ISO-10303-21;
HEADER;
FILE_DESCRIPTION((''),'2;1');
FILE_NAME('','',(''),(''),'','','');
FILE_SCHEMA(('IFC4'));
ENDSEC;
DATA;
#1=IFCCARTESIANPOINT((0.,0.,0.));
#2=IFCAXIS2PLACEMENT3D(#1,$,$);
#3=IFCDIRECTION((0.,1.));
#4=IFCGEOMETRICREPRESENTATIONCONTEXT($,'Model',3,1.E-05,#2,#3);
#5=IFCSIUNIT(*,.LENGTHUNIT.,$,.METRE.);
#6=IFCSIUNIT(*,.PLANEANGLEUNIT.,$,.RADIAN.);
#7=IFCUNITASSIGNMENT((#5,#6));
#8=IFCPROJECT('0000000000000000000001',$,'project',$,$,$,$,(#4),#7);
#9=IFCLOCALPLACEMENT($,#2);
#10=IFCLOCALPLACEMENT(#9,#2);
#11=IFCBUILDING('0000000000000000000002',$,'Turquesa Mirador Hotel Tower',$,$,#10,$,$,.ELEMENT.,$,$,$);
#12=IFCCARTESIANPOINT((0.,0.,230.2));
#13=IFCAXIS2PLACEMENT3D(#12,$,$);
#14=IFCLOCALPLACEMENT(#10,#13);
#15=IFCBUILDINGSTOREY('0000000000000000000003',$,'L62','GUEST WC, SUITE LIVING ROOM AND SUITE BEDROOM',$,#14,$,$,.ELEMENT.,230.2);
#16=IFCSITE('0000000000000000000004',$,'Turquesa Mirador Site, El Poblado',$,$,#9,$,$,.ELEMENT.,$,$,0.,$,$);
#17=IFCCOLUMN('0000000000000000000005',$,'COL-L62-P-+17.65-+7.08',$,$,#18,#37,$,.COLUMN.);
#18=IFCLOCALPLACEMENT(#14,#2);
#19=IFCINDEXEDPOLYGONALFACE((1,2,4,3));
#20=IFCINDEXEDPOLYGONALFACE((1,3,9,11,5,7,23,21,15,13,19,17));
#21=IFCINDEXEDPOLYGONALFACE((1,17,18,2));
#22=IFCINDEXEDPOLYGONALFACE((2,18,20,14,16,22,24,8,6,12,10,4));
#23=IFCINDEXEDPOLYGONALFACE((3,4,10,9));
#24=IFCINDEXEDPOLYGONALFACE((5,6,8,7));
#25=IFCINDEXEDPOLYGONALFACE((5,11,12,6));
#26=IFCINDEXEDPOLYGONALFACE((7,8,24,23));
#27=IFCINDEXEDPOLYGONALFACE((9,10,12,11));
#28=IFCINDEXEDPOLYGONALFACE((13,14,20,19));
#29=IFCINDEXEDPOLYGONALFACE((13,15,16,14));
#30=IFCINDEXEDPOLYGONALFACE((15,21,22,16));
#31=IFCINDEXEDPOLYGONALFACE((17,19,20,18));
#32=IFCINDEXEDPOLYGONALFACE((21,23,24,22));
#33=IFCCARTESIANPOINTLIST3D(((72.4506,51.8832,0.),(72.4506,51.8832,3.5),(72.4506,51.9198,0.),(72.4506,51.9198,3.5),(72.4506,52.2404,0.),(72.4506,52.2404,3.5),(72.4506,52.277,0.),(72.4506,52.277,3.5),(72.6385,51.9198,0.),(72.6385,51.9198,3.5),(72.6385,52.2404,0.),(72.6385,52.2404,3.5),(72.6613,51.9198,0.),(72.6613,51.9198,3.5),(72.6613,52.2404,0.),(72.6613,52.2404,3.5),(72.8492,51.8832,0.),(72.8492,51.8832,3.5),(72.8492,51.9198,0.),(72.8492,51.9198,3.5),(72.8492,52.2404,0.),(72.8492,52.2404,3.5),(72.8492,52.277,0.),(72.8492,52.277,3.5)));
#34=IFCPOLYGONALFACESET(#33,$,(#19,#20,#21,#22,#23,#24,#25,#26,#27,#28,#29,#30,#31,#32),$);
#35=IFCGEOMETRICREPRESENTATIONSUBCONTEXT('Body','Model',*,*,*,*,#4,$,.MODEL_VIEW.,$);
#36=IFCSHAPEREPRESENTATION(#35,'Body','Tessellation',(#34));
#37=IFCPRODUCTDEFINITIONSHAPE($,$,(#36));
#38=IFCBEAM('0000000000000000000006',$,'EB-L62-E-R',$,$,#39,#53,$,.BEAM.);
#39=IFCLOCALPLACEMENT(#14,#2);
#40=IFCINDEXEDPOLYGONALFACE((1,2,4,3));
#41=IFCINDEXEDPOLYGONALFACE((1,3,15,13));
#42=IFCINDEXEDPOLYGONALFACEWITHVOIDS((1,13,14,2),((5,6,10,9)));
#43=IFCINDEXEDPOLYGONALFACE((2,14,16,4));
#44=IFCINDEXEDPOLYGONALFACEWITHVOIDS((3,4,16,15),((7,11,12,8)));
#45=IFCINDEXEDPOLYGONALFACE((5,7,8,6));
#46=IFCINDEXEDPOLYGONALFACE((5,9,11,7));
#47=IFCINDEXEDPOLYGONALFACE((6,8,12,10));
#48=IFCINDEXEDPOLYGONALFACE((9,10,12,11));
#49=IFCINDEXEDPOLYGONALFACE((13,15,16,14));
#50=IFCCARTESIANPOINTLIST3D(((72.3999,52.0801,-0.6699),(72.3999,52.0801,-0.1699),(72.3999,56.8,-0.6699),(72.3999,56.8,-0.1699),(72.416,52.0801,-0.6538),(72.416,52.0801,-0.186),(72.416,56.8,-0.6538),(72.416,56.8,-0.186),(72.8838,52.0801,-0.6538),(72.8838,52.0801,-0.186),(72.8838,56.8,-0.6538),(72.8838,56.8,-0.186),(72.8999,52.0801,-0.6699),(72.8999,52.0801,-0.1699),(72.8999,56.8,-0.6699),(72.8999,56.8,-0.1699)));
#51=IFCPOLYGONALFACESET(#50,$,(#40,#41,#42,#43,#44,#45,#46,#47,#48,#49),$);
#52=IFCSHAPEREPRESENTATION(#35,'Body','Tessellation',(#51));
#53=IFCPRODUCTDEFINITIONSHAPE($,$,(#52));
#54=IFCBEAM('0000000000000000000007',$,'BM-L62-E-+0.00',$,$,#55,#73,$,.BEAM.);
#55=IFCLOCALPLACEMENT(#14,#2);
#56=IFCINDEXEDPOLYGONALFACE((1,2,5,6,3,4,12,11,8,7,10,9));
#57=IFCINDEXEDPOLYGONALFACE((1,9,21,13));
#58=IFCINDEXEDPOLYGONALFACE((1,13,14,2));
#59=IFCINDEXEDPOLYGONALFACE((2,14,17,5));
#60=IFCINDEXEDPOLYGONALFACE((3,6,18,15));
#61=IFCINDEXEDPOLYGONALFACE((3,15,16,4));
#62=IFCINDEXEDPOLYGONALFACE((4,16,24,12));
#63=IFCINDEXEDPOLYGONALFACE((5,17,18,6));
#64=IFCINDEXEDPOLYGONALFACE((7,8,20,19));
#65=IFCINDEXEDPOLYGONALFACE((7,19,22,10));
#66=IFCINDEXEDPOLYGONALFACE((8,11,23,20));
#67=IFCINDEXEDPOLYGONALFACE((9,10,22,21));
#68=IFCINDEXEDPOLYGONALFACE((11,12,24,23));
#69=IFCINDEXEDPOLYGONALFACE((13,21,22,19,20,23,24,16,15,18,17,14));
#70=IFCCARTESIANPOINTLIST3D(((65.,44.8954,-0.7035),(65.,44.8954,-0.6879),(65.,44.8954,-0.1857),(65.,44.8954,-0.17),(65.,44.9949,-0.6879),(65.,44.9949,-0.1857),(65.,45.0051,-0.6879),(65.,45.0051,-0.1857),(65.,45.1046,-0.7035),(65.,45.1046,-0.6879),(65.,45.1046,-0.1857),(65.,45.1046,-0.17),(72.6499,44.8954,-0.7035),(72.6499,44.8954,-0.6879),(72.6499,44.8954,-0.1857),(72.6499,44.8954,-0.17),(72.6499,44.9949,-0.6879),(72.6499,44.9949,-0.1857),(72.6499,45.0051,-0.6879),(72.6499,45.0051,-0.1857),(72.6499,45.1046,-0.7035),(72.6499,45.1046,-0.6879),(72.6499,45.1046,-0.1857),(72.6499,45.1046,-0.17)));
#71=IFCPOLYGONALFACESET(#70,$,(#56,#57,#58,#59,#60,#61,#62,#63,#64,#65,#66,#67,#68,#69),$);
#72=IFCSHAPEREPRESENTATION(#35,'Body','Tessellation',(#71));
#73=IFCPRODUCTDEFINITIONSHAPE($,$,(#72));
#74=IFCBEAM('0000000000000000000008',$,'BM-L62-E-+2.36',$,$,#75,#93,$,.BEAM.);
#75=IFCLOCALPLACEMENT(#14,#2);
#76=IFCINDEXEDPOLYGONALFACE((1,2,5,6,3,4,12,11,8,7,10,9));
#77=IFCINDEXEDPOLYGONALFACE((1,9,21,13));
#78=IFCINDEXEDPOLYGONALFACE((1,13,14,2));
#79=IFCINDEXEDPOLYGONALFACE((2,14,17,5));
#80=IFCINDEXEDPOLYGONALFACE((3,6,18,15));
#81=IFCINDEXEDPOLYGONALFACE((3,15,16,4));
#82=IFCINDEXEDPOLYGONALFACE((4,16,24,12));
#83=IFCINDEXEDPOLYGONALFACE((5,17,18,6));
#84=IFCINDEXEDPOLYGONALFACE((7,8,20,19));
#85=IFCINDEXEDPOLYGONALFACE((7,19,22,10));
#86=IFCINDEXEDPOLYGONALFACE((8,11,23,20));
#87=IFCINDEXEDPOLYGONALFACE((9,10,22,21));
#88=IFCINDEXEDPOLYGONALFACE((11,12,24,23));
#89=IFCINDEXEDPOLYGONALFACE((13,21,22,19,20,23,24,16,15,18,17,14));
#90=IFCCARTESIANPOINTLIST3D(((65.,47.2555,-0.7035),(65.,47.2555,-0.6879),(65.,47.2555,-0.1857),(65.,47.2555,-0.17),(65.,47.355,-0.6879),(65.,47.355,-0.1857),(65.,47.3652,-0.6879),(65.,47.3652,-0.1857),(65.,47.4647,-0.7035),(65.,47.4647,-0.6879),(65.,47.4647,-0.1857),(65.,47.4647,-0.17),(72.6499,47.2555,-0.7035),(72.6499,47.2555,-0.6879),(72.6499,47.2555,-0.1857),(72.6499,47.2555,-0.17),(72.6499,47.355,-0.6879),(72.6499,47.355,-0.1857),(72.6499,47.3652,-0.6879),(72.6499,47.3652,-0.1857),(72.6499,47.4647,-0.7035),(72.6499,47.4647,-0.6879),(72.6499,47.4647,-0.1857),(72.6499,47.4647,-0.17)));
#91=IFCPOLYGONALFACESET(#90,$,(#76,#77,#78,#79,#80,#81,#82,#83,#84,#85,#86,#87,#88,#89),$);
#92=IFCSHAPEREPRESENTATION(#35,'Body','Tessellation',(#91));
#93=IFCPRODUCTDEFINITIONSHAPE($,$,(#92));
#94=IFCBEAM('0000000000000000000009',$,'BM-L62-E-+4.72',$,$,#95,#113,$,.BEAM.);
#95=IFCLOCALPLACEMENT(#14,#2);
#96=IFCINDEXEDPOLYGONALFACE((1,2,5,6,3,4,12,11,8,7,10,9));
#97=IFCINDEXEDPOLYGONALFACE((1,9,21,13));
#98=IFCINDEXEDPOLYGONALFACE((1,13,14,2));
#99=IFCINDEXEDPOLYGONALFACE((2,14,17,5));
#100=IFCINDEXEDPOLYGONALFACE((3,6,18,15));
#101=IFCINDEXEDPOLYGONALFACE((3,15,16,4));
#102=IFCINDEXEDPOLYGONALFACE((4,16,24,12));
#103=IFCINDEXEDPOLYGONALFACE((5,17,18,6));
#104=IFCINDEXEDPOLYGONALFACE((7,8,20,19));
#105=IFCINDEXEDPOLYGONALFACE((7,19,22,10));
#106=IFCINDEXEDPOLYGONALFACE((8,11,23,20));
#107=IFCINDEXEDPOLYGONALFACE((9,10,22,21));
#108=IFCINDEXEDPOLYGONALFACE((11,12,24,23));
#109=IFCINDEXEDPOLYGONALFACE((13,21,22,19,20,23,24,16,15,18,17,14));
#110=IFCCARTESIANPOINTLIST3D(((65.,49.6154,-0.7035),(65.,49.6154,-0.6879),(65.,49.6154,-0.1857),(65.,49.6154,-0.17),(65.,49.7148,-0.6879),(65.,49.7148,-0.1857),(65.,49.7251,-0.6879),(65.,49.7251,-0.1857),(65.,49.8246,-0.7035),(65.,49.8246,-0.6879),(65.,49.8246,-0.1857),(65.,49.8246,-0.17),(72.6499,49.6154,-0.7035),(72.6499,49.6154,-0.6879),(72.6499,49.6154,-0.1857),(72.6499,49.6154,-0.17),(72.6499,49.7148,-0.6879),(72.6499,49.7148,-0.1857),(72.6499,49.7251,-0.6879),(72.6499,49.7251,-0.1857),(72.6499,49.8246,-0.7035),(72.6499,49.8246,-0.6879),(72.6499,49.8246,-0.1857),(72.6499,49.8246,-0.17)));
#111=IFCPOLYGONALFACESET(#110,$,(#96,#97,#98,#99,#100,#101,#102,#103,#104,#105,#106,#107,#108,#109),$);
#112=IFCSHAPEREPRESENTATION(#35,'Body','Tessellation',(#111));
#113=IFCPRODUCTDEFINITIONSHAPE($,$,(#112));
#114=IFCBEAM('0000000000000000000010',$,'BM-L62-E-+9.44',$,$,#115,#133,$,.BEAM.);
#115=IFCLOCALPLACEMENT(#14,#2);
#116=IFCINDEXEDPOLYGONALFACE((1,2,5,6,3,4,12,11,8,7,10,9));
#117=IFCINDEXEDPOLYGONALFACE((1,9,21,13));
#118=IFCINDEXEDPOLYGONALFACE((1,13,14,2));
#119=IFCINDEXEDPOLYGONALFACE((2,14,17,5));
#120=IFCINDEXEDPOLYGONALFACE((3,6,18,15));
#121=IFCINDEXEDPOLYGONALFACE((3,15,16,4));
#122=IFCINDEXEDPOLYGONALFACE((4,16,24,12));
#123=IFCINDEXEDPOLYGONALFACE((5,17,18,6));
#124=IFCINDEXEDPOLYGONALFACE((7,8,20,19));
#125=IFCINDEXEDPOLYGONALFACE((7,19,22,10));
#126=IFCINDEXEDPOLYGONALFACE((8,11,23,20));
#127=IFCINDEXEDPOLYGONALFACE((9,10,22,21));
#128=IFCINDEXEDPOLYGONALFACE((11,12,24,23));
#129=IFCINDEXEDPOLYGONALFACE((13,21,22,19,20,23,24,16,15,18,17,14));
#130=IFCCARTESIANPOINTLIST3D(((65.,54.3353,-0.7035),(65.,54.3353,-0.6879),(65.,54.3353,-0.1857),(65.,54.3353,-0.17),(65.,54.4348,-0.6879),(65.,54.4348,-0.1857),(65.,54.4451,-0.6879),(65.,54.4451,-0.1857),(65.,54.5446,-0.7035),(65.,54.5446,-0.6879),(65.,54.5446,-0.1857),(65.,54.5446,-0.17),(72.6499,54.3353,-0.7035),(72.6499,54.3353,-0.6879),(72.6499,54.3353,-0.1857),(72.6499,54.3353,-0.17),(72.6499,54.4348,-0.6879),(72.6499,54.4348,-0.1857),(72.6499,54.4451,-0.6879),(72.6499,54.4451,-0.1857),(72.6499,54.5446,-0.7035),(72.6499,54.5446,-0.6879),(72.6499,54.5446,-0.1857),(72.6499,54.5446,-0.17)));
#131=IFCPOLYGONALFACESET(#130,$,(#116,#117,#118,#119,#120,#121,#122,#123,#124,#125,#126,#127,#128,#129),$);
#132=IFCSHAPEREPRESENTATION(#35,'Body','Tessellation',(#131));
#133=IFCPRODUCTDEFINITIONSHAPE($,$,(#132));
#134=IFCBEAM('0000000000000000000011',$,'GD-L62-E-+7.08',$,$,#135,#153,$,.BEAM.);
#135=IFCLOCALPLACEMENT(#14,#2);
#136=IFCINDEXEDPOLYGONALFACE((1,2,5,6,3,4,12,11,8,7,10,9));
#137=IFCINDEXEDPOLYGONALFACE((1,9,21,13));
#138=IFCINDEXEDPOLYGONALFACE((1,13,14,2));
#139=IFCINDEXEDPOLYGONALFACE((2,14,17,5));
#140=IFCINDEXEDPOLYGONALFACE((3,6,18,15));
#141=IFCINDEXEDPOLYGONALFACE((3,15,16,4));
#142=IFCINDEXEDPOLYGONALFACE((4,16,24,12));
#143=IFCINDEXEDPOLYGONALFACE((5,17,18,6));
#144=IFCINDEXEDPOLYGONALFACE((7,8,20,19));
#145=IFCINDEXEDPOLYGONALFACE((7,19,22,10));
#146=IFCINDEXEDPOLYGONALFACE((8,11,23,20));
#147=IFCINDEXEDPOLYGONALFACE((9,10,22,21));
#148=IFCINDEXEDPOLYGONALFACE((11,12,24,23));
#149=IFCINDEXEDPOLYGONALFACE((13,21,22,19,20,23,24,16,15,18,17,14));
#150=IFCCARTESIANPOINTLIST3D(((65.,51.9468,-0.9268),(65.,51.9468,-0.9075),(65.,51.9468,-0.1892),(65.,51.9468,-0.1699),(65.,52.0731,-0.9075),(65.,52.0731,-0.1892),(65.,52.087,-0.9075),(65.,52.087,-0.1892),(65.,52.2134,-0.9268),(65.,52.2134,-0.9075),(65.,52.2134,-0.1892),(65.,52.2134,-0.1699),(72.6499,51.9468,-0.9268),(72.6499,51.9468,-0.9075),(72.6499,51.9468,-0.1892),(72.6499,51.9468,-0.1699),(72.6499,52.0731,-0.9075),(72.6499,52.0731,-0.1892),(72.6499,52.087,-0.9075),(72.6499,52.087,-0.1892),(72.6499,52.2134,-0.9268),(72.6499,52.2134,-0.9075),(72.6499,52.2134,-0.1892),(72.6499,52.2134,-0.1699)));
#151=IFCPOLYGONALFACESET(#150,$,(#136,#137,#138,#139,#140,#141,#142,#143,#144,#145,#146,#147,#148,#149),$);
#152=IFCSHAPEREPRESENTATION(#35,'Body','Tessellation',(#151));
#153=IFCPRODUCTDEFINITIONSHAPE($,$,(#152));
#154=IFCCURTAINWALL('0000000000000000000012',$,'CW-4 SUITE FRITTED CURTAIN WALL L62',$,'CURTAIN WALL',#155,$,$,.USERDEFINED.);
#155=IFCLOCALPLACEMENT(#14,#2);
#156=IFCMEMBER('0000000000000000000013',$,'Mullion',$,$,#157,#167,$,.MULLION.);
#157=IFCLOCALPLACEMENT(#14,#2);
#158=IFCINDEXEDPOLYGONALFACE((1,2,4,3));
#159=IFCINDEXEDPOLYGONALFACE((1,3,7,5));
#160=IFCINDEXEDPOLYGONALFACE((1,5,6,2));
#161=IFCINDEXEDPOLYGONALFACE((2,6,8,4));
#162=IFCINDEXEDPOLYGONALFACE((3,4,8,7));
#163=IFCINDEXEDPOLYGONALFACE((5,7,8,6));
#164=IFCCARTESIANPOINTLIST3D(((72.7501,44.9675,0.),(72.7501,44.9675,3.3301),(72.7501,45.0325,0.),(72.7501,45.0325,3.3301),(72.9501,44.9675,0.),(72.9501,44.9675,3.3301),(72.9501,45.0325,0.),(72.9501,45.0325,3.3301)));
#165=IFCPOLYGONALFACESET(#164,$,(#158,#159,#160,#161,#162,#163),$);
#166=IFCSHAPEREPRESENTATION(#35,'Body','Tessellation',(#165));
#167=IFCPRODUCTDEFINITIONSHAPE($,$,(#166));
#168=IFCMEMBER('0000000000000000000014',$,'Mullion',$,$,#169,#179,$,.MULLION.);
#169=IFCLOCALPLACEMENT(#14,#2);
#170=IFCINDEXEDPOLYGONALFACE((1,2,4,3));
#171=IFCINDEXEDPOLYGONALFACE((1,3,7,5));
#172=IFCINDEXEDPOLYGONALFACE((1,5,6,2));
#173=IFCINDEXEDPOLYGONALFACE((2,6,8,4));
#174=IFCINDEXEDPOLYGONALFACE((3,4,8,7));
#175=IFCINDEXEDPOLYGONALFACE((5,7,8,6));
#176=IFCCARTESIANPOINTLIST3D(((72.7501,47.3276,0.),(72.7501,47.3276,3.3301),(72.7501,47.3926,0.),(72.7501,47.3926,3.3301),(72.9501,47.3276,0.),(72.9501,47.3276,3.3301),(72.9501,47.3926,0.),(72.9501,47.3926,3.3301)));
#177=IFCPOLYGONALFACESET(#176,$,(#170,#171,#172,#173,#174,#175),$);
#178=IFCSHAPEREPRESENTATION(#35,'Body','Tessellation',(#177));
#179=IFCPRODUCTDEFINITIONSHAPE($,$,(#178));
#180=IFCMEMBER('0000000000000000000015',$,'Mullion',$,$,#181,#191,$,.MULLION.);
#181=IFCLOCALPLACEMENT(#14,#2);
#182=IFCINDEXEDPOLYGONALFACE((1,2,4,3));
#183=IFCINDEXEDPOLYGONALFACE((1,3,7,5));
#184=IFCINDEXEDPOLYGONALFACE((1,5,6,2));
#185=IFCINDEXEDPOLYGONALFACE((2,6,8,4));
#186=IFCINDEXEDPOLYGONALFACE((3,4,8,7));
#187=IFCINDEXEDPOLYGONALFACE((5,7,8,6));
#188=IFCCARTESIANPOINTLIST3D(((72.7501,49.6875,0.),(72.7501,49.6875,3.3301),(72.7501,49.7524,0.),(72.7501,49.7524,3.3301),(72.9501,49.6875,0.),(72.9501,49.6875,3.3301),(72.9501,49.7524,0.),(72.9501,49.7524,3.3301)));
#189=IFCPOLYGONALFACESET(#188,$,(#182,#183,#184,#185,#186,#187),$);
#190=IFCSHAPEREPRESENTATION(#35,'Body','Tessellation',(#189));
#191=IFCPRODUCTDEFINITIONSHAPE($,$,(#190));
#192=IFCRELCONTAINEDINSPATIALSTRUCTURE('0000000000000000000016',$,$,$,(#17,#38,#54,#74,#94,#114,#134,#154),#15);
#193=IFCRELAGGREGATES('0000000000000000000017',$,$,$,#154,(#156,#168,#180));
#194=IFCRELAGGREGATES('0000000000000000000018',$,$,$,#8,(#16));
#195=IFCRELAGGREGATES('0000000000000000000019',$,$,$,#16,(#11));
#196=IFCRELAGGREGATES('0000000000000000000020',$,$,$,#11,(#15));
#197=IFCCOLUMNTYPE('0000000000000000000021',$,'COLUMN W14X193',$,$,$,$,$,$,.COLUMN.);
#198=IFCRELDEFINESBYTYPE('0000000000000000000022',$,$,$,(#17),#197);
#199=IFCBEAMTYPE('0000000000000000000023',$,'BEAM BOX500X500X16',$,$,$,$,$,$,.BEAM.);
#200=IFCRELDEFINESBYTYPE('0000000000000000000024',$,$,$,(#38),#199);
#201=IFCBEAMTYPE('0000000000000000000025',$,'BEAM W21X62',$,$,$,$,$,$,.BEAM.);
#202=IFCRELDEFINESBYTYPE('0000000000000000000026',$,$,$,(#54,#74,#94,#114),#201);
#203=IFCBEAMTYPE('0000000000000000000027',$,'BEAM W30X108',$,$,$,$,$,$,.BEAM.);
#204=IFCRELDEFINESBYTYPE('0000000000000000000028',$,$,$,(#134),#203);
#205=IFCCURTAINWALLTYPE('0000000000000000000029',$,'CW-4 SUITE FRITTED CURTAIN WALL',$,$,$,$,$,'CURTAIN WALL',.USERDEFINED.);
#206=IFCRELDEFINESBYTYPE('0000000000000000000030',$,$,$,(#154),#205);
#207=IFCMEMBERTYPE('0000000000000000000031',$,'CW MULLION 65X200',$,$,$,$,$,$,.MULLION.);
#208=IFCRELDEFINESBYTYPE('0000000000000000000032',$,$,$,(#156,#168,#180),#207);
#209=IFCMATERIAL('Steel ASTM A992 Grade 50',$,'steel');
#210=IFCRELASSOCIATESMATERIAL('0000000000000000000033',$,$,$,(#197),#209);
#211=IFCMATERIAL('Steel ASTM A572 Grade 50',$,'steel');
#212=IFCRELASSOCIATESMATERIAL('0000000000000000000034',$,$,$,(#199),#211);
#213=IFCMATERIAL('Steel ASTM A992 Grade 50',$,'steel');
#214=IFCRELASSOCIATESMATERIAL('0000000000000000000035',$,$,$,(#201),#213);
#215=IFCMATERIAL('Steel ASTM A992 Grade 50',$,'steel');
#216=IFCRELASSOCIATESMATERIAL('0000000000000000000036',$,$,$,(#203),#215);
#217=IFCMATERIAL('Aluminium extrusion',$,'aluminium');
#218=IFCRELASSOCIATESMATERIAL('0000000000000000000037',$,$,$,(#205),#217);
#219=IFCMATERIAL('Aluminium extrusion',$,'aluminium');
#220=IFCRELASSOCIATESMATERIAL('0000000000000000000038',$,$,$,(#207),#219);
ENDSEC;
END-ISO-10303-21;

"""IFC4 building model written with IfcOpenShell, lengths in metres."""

from ifc_helpers import new_model, si_unit, direction, frame, origin, origin_2d, place, context, subcontext, project, spatial, rectangle, hollow_rectangle, i_section, extrude, material, material_profile, profile_set, type_object, element, aggregate, save


model = new_model("IFC4")

# Units and contexts
model_context = context("Model", 3, precision=1e-05, world=origin(), true_north=direction((0.0, 1.0)))
body_context = subcontext(model_context, "Body", "Model", "MODEL_VIEW")
ifc_project = project(units=[si_unit("LENGTHUNIT", "METRE"), si_unit("PLANEANGLEUNIT", "RADIAN")], contexts=[model_context])

# Site, building, storey
site_placement = place(None, origin())
site = spatial("IfcSite", under=ifc_project, at=site_placement, Name="Turquesa Mirador Site, El Poblado", CompositionType="ELEMENT", RefElevation=0.0)
building_placement = place(site_placement, origin())
building = spatial("IfcBuilding", under=site, at=building_placement, Name="Turquesa Mirador Hotel Tower", CompositionType="ELEMENT")
storey_placement = place(building_placement, frame((0.0, 0.0, 230.2)))
storey = spatial("IfcBuildingStorey", under=building, at=storey_placement, Name="L62", Description="GUEST WC, SUITE LIVING ROOM AND SUITE BEDROOM", CompositionType="ELEMENT", Elevation=230.2)

# Column
ifc_material_1 = material(Name="Steel ASTM A992 Grade 50", Category="steel")
ifc_material_profile_1 = material_profile(ifc_material_1, i_section(OverallWidth=0.3987, OverallDepth=0.3938, WebThickness=0.0227, FlangeThickness=0.0366, at=origin_2d()), Name="W14X193")
ifc_profile_set_1 = profile_set([ifc_material_profile_1], Name="Steel ASTM A992 Grade 50")
column_type = type_object("IfcColumnType", Name="COLUMN W14X193", PredefinedType="COLUMN", material=ifc_profile_set_1)
column_placement = place(storey_placement, frame((72.6499, 52.0801, 0.0), z_axis=(0.0, 0.0, 1.0), x_axis=(1.0, 0.0, 0.0)))
element("IfcColumn", 1, at=column_placement, inside=storey, type_object=column_type, Name="COL-L62-P-+17.65-+7.08", PredefinedType="COLUMN", context=body_context, shape_type="SweptSolid", body=[
    extrude(i_section(OverallWidth=0.3987, OverallDepth=0.3938, WebThickness=0.0227, FlangeThickness=0.0366, at=origin_2d()), origin(), (0.0, 0.0, 1.0), 3.5),
])

# Beams
ifc_material_2 = material(Name="Steel ASTM A572 Grade 50", Category="steel")
ifc_material_profile_2 = material_profile(ifc_material_2, hollow_rectangle(XDim=0.5, YDim=0.5, WallThickness=0.0161, at=origin_2d()), Name="BOX500X500X16")
ifc_profile_set_2 = profile_set([ifc_material_profile_2], Name="Steel ASTM A572 Grade 50")
beam_type_1 = type_object("IfcBeamType", Name="BEAM BOX500X500X16", PredefinedType="BEAM", material=ifc_profile_set_2)
beam_1_placement = place(storey_placement, frame((72.6499, 52.0801, -0.4199), z_axis=(0.0, 1.0, 0.0), x_axis=(-1.0, 0.0, 0.0)))
element("IfcBeam", 2, at=beam_1_placement, inside=storey, type_object=beam_type_1, Name="EB-L62-E-R", PredefinedType="BEAM", context=body_context, shape_type="SweptSolid", body=[
    extrude(hollow_rectangle(XDim=0.5, YDim=0.5, WallThickness=0.0161, at=origin_2d()), origin(), (0.0, 0.0, 1.0), 4.72),
])
ifc_material_3 = material(Name="Steel ASTM A992 Grade 50", Category="steel")
ifc_material_profile_3 = material_profile(ifc_material_3, i_section(OverallWidth=0.2092, OverallDepth=0.5334, WebThickness=0.0103, FlangeThickness=0.0156, at=origin_2d()), Name="W21X62")
ifc_profile_set_3 = profile_set([ifc_material_profile_3], Name="Steel ASTM A992 Grade 50")
beam_type_2 = type_object("IfcBeamType", Name="BEAM W21X62", PredefinedType="BEAM", material=ifc_profile_set_3)
for number, where, z_axis, x_axis, name in (
    (3, (72.6499, 45.0, -0.4368), (-1.0, 0.0, 0.0), (0.0, -1.0, 0.0), "BM-L62-E-+0.00"),
    (4, (72.6499, 47.3601, -0.4368), (-1.0, 0.0, 0.0), (0.0, -1.0, 0.0), "BM-L62-E-+2.36"),
    (5, (72.6499, 49.72, -0.4368), (-1.0, 0.0, 0.0), (0.0, -1.0, 0.0), "BM-L62-E-+4.72"),
    (6, (72.6499, 54.4399, -0.4368), (-1.0, 0.0, 0.0), (0.0, -1.0, 0.0), "BM-L62-E-+9.44"),
):
    element("IfcBeam", number, at=place(storey_placement, frame(where, z_axis=z_axis, x_axis=x_axis)), inside=storey, type_object=beam_type_2, Name=name, PredefinedType="BEAM", context=body_context, shape_type="SweptSolid", body=[
        extrude(i_section(OverallWidth=0.2092, OverallDepth=0.5334, WebThickness=0.0103, FlangeThickness=0.0156, at=origin_2d()), origin(), (0.0, 0.0, 1.0), 7.6499),
    ])
ifc_material_4 = material(Name="Steel ASTM A992 Grade 50", Category="steel")
ifc_material_profile_4 = material_profile(ifc_material_4, i_section(OverallWidth=0.2666, OverallDepth=0.7568, WebThickness=0.0139, FlangeThickness=0.0193, at=origin_2d()), Name="W30X108")
ifc_profile_set_4 = profile_set([ifc_material_profile_4], Name="Steel ASTM A992 Grade 50")
beam_type_3 = type_object("IfcBeamType", Name="BEAM W30X108", PredefinedType="BEAM", material=ifc_profile_set_4)
beam_2_placement = place(storey_placement, frame((72.6499, 52.0801, -0.5483), z_axis=(-1.0, 0.0, 0.0), x_axis=(0.0, -1.0, 0.0)))
element("IfcBeam", 7, at=beam_2_placement, inside=storey, type_object=beam_type_3, Name="GD-L62-E-+7.08", PredefinedType="BEAM", context=body_context, shape_type="SweptSolid", body=[
    extrude(i_section(OverallWidth=0.2666, OverallDepth=0.7568, WebThickness=0.0139, FlangeThickness=0.0193, at=origin_2d()), origin(), (0.0, 0.0, 1.0), 7.6499),
])

# Curtain wall, members
ifc_material_5 = material(Name="Aluminium extrusion", Category="aluminium")
curtain_wall_type = type_object("IfcCurtainWallType", Name="CW-4 SUITE FRITTED CURTAIN WALL", ElementType="CURTAIN WALL", PredefinedType="USERDEFINED", material=ifc_material_5)
curtain_wall_1_placement = place(storey_placement, origin())
curtain_wall_1 = element("IfcCurtainWall", 8, at=curtain_wall_1_placement, inside=storey, type_object=curtain_wall_type, Name="CW-4 SUITE FRITTED CURTAIN WALL L62", ObjectType="CURTAIN WALL", PredefinedType="USERDEFINED")
ifc_material_6 = material(Name="Aluminium extrusion", Category="aluminium")
ifc_material_profile_5 = material_profile(ifc_material_6, rectangle(XDim=0.0649, YDim=0.2, at=origin_2d()), Name="MULLION 65X200")
ifc_profile_set_5 = profile_set([ifc_material_profile_5], Name="Aluminium extrusion")
member_type_1 = type_object("IfcMemberType", Name="CW MULLION 65X200", PredefinedType="MULLION", material=ifc_profile_set_5)
member_1_placement = place(storey_placement, frame((72.8501, 45.0, 0.0), z_axis=(0.0, 0.0, 1.0), x_axis=(0.0, 1.0, 0.0)))
member_1 = element("IfcMember", 9, at=member_1_placement, type_object=member_type_1, Name="Mullion", PredefinedType="MULLION", context=body_context, shape_type="SweptSolid", body=[
    extrude(rectangle(XDim=0.0649, YDim=0.2, at=origin_2d()), origin(), (0.0, 0.0, 1.0), 3.3301),
])
member_2_placement = place(storey_placement, frame((72.8501, 47.3601, 0.0), z_axis=(0.0, 0.0, 1.0), x_axis=(0.0, 1.0, 0.0)))
member_2 = element("IfcMember", 10, at=member_2_placement, type_object=member_type_1, Name="Mullion", PredefinedType="MULLION", context=body_context, shape_type="SweptSolid", body=[
    extrude(rectangle(XDim=0.0649, YDim=0.2, at=origin_2d()), origin(), (0.0, 0.0, 1.0), 3.3301),
])
member_3_placement = place(storey_placement, frame((72.8501, 49.72, 0.0), z_axis=(0.0, 0.0, 1.0), x_axis=(0.0, 1.0, 0.0)))
member_3 = element("IfcMember", 11, at=member_3_placement, type_object=member_type_1, Name="Mullion", PredefinedType="MULLION", context=body_context, shape_type="SweptSolid", body=[
    extrude(rectangle(XDim=0.0649, YDim=0.2, at=origin_2d()), origin(), (0.0, 0.0, 1.0), 3.3301),
])

aggregate(curtain_wall_1, [member_1, member_2, member_3])

save(model, "model.ifc")
